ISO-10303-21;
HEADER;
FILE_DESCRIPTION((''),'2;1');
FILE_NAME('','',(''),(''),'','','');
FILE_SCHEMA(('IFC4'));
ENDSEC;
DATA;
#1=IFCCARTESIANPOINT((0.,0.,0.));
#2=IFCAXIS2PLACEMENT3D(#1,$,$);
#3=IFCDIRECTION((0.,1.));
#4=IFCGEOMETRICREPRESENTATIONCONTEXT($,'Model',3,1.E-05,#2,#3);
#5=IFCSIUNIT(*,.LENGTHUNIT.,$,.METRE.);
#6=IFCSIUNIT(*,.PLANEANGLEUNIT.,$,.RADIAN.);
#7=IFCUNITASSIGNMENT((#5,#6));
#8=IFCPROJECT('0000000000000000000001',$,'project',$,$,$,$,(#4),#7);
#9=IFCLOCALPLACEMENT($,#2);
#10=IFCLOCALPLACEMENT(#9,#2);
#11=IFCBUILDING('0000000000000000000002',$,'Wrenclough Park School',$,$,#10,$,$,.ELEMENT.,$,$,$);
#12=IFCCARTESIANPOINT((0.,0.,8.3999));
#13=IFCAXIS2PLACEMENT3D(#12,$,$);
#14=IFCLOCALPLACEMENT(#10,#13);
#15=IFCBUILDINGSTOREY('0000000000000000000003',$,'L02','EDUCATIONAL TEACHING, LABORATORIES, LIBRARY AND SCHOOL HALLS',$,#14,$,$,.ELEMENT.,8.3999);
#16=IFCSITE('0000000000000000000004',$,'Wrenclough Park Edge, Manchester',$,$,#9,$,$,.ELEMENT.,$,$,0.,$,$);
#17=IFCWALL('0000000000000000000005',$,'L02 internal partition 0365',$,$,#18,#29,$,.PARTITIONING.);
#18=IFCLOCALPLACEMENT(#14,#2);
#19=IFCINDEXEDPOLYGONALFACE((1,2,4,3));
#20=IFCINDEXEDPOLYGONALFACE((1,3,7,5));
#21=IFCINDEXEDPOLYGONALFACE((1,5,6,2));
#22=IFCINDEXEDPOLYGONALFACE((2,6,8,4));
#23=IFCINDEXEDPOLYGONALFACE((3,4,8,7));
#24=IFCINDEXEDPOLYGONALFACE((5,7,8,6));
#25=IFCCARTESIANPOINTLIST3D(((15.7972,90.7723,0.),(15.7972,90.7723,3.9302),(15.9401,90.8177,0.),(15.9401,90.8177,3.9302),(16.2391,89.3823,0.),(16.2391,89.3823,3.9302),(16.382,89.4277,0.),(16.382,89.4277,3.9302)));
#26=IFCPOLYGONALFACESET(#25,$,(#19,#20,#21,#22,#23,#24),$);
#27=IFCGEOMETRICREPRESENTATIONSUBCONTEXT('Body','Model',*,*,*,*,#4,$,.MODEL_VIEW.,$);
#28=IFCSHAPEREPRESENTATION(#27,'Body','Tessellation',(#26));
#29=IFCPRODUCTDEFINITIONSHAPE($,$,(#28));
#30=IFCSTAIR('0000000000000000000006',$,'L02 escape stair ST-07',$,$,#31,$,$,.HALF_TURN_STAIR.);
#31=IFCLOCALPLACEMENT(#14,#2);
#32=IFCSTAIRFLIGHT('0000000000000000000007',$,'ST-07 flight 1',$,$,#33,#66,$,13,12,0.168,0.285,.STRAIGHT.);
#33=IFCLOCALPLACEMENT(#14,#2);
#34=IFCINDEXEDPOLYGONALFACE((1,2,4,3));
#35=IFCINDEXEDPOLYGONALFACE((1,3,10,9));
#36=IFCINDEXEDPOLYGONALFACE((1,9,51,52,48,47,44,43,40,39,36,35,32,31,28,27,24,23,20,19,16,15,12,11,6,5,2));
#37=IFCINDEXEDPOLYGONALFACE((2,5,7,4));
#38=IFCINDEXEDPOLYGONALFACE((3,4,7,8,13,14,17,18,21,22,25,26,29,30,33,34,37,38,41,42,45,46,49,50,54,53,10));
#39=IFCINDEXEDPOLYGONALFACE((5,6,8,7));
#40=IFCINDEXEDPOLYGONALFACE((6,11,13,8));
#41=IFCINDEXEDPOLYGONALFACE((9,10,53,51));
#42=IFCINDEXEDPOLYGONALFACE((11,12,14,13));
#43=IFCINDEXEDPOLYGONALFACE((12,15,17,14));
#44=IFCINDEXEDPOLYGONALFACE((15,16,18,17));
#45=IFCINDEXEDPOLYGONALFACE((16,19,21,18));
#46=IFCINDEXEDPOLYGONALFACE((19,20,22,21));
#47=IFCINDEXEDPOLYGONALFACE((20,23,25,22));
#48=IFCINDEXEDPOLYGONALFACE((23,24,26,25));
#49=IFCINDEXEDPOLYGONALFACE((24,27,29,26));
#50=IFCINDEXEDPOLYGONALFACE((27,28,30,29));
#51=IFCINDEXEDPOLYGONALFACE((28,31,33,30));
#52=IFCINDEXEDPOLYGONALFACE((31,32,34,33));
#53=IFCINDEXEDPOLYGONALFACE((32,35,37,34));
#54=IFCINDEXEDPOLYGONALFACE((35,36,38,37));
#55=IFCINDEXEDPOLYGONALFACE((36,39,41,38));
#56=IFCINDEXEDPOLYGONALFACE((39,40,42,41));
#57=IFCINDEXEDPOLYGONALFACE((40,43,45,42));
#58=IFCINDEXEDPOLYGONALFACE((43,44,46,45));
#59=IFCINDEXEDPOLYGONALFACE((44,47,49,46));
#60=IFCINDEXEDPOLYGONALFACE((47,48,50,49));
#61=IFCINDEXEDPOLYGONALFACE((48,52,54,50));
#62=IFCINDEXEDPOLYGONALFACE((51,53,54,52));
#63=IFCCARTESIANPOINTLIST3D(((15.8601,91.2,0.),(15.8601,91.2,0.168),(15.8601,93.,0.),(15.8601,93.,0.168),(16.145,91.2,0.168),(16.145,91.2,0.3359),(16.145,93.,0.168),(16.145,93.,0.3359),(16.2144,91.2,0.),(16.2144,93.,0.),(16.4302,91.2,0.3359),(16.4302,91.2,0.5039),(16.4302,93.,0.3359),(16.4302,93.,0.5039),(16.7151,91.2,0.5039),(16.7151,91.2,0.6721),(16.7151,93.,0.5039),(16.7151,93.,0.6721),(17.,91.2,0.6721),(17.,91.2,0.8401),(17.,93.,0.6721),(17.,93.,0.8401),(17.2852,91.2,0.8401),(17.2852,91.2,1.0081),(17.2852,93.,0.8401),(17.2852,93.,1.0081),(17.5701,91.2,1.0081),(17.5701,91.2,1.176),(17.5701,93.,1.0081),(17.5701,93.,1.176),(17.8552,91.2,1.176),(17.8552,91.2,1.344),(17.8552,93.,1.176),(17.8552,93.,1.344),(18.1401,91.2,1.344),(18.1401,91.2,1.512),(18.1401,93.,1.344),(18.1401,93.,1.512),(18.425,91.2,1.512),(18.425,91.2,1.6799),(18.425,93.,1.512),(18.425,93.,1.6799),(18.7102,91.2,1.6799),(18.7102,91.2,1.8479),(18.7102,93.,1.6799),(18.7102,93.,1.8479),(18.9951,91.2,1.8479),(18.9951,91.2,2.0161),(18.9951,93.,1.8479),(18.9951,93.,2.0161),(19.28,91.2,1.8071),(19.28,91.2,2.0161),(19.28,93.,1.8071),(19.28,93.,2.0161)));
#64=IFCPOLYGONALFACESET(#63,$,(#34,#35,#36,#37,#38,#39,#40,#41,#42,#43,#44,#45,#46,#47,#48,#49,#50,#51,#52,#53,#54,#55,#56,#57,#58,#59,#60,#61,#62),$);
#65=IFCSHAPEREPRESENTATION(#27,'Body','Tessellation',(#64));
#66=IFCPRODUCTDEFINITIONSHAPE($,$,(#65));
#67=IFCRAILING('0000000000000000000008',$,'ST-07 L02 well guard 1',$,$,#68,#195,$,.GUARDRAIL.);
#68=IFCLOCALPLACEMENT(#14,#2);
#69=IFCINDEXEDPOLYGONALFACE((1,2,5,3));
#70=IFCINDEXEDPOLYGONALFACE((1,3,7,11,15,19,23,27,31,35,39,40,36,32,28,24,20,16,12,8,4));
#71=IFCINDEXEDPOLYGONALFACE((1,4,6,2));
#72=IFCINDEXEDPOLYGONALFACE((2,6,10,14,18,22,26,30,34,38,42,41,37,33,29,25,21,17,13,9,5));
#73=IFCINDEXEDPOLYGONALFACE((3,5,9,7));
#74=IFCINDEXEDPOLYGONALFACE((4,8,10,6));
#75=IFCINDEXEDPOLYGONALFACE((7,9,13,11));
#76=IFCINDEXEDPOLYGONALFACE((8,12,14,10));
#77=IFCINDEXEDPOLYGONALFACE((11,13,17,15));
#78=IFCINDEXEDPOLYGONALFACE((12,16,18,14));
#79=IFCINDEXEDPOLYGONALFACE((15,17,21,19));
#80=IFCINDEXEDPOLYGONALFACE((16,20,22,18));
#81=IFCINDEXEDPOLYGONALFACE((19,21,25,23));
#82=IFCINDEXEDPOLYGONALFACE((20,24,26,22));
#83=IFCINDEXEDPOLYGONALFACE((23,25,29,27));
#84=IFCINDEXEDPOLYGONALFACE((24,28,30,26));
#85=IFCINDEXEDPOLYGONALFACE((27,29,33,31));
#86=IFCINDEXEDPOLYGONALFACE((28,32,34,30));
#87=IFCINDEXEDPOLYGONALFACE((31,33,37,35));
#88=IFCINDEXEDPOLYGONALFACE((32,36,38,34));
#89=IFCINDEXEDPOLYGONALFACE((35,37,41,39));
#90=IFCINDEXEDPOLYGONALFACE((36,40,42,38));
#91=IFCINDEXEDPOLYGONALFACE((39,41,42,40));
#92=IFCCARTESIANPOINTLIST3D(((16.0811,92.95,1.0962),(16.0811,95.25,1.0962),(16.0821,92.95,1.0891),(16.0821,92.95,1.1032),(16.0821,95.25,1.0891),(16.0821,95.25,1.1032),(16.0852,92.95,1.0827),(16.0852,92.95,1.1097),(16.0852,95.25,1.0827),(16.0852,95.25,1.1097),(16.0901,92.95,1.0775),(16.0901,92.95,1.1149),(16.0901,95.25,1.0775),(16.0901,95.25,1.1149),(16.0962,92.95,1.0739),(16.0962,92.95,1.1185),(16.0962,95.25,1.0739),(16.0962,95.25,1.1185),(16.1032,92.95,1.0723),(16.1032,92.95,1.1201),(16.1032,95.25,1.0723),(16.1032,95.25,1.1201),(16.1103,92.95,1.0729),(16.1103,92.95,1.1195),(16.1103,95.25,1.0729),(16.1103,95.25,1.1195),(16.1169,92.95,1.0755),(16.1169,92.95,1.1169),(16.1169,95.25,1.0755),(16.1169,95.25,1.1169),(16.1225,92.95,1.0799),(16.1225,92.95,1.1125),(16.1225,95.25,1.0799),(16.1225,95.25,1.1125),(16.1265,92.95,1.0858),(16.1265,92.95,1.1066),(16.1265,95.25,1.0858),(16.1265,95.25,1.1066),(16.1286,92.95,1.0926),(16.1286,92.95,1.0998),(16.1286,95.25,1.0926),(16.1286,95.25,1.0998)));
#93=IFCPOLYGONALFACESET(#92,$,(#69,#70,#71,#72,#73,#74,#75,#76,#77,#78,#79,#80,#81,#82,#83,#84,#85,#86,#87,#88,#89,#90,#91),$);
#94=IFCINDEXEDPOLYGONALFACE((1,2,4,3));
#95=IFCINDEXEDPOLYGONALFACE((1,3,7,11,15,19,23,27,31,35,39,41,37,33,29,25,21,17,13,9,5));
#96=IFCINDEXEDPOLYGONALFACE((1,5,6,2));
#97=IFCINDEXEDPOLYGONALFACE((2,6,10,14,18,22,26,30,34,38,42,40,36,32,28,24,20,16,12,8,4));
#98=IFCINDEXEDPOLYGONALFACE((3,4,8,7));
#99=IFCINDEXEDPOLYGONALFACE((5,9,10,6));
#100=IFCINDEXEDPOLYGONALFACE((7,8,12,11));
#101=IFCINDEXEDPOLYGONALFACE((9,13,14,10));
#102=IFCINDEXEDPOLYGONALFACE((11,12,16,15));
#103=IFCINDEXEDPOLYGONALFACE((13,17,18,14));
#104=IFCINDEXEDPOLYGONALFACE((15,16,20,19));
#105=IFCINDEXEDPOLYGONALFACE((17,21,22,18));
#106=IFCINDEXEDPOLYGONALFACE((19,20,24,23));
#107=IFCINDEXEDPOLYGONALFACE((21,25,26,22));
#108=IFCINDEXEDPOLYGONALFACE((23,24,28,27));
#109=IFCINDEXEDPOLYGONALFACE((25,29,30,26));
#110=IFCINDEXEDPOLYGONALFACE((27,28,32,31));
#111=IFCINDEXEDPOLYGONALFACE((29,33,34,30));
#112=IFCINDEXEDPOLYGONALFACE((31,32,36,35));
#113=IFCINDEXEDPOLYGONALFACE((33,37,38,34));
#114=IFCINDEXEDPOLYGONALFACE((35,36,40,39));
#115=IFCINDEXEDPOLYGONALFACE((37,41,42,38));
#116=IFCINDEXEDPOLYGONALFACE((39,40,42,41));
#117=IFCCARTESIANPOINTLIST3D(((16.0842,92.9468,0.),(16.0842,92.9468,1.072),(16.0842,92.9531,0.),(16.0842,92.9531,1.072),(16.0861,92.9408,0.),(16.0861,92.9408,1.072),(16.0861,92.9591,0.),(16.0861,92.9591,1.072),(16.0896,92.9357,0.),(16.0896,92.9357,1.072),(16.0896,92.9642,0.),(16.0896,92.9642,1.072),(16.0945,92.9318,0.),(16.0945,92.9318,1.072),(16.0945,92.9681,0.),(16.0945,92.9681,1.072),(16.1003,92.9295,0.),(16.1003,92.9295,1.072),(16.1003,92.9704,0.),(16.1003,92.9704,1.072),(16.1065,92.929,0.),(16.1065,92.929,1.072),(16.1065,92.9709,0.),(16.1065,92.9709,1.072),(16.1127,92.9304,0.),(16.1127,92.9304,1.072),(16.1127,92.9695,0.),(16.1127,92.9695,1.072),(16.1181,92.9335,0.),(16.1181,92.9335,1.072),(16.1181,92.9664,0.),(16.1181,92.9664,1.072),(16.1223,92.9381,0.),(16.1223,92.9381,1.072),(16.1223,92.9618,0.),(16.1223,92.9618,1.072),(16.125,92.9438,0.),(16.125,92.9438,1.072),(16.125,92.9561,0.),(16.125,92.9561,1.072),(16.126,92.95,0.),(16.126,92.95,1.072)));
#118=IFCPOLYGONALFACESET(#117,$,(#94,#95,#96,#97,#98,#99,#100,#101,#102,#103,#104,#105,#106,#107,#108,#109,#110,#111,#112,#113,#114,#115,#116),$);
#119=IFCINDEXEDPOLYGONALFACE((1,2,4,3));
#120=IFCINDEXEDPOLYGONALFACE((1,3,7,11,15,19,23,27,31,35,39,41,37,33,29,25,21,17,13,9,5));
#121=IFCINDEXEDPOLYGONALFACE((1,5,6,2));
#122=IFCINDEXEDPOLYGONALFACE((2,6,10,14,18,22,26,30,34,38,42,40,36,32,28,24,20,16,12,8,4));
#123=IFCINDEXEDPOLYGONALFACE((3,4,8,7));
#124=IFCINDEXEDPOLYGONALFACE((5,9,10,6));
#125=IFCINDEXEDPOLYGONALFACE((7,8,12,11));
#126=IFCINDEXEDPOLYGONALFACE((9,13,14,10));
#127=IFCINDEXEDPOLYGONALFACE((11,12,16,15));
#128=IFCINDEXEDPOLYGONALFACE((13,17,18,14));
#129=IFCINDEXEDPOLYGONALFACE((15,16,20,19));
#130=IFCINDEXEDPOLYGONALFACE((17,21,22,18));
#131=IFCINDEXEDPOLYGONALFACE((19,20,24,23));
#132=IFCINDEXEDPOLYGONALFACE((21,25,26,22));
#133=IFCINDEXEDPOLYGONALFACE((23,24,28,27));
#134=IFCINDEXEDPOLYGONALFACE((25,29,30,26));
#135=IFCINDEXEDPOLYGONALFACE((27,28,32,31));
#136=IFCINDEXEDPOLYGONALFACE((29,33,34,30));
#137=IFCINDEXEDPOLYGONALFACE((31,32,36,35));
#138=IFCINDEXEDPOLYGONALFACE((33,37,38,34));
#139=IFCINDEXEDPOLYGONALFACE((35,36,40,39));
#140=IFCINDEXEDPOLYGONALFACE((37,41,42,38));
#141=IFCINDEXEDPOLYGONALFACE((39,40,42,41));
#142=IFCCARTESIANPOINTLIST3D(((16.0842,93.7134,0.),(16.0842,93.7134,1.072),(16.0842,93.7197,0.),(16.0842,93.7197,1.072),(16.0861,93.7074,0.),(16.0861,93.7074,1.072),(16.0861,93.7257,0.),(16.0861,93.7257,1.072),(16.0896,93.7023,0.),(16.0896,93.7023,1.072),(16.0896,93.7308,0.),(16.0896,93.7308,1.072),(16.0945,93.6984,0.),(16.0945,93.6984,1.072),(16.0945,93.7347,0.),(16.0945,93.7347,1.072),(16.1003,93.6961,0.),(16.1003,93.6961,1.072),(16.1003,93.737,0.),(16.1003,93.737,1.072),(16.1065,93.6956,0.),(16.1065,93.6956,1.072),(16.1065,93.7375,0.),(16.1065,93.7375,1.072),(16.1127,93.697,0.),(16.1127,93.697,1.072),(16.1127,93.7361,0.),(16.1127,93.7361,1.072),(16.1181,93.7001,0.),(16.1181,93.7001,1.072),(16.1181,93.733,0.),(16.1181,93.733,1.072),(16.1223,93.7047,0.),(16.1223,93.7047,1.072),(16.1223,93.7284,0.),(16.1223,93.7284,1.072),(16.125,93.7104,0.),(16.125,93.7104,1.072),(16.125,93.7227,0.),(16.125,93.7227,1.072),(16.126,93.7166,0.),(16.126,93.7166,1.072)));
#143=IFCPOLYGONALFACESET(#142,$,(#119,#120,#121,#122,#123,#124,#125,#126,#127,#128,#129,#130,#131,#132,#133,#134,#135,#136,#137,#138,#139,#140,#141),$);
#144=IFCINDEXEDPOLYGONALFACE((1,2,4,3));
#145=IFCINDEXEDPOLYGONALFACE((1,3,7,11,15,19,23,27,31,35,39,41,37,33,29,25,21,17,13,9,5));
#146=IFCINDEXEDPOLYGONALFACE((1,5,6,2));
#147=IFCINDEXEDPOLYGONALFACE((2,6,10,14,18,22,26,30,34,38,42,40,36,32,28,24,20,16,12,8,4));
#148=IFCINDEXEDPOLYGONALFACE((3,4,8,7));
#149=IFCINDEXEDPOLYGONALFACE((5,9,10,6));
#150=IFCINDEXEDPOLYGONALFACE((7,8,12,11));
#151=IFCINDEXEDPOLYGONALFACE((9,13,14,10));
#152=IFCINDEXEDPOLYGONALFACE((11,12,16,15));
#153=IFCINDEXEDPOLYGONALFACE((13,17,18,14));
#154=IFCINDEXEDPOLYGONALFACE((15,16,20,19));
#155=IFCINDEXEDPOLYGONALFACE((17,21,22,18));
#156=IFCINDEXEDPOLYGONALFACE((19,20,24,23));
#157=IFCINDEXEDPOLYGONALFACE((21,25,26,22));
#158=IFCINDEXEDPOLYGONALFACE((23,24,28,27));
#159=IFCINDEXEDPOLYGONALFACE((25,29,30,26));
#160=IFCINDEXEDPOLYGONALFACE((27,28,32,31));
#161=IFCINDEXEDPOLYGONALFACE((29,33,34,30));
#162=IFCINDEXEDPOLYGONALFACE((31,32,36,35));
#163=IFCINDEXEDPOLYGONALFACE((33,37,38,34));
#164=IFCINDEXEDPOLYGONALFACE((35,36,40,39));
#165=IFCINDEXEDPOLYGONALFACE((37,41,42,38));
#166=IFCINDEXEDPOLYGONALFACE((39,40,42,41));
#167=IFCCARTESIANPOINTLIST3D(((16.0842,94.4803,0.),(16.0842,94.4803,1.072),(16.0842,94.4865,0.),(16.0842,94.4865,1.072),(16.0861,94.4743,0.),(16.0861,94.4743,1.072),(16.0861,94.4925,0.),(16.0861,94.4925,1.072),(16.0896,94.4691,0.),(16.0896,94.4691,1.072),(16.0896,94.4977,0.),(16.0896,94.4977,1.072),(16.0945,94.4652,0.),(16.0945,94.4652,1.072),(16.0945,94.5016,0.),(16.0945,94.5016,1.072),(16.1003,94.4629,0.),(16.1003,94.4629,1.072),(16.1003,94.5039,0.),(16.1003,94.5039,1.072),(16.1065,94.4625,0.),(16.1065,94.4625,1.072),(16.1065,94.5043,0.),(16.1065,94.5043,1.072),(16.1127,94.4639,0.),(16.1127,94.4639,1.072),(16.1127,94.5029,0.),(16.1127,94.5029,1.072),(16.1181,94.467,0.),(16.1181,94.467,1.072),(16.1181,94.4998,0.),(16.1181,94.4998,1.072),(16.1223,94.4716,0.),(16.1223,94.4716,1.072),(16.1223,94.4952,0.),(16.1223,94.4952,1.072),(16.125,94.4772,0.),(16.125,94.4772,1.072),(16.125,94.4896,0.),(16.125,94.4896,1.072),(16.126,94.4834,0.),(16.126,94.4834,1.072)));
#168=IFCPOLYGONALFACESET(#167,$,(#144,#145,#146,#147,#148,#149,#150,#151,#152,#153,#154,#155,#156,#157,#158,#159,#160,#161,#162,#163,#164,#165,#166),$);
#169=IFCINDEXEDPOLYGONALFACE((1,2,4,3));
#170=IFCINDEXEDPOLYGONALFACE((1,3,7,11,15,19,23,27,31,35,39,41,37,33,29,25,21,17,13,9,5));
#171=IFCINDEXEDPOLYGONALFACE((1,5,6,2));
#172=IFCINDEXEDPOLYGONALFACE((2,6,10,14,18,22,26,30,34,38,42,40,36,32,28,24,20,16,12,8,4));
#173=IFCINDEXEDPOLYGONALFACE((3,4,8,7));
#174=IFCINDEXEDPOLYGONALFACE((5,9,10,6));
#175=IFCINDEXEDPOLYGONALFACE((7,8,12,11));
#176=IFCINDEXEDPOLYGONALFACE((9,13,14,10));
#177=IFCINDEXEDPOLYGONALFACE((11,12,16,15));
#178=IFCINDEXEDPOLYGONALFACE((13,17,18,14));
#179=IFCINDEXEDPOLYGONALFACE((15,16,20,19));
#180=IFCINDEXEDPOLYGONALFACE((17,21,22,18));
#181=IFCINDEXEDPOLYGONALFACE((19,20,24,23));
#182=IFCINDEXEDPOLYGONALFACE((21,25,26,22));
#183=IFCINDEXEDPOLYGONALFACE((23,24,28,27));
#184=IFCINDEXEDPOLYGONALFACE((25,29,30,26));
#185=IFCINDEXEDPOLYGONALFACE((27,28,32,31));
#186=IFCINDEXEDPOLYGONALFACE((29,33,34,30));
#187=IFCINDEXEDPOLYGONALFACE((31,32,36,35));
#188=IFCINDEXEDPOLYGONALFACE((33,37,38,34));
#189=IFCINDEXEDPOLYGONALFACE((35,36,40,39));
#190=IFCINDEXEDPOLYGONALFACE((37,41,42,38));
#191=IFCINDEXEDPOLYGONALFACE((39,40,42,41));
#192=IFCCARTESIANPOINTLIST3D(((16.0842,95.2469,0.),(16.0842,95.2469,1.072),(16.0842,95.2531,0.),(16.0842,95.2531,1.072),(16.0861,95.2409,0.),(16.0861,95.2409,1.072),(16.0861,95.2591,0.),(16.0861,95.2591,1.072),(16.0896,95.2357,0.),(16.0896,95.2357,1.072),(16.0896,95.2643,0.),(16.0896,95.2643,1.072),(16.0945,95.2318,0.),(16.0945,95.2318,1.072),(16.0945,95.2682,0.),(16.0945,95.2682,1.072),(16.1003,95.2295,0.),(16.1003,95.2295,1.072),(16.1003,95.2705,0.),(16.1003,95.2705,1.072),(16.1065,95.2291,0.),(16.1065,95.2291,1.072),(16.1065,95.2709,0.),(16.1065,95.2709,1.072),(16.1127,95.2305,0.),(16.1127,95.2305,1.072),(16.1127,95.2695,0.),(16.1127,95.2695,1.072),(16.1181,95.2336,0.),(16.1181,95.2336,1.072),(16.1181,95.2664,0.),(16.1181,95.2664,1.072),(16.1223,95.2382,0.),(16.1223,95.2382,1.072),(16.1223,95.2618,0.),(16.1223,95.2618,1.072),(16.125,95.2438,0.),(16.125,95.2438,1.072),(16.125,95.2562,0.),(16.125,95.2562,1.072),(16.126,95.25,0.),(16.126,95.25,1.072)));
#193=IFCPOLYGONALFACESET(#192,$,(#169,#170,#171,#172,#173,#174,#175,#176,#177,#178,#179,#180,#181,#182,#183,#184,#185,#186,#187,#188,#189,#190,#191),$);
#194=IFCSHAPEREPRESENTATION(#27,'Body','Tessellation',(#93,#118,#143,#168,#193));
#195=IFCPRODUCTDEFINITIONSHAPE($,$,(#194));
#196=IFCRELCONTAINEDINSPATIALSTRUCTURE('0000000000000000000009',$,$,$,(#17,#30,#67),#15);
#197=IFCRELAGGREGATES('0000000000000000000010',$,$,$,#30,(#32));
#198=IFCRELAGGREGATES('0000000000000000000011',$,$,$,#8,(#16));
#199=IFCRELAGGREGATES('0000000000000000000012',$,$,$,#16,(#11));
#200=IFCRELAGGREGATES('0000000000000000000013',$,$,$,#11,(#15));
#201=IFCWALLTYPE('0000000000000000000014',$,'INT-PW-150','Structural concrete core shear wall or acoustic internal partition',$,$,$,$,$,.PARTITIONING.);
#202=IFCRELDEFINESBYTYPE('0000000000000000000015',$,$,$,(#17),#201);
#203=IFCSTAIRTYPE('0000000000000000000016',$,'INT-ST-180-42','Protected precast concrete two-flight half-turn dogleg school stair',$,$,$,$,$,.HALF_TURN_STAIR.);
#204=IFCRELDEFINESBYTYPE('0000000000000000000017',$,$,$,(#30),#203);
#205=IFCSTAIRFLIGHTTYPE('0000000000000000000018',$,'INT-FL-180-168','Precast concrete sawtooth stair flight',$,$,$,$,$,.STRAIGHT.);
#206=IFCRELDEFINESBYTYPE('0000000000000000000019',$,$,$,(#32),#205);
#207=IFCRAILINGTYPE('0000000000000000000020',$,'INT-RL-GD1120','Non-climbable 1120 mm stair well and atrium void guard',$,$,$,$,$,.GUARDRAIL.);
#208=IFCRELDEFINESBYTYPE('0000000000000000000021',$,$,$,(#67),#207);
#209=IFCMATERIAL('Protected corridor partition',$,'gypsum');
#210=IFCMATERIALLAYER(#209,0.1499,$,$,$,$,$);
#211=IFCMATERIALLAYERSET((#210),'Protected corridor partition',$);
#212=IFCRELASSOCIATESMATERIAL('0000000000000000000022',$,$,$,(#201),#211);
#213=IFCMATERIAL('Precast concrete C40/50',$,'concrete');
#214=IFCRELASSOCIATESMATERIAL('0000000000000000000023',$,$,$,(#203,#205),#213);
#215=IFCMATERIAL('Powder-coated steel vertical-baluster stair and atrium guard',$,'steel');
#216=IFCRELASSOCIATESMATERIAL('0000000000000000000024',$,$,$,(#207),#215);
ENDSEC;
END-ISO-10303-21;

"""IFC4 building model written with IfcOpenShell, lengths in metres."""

from ifc_helpers import new_model, si_unit, direction, frame, frame_2d, origin, origin_2d, place, context, subcontext, project, spatial, polyline, rectangle, circle, outline, extrude, material, layer, layer_set, type_object, element, aggregate, save


model = new_model("IFC4")

# Units and contexts
model_context = context("Model", 3, precision=1e-05, world=origin(), true_north=direction((0.0, 1.0)))
body_context = subcontext(model_context, "Body", "Model", "MODEL_VIEW")
ifc_project = project(units=[si_unit("LENGTHUNIT", "METRE"), si_unit("PLANEANGLEUNIT", "RADIAN")], contexts=[model_context])

# Site, building, storey
site_placement = place(None, origin())
site = spatial("IfcSite", under=ifc_project, at=site_placement, Name="Wrenclough Park Edge, Manchester", CompositionType="ELEMENT", RefElevation=0.0)
building_placement = place(site_placement, origin())
building = spatial("IfcBuilding", under=site, at=building_placement, Name="Wrenclough Park School", CompositionType="ELEMENT")
storey_placement = place(building_placement, frame((0.0, 0.0, 8.3999)))
storey = spatial("IfcBuildingStorey", under=building, at=storey_placement, Name="L02", Description="EDUCATIONAL TEACHING, LABORATORIES, LIBRARY AND SCHOOL HALLS", CompositionType="ELEMENT", Elevation=8.3999)

# Wall
ifc_material_1 = material(Name="Protected corridor partition", Category="gypsum")
ifc_layer_1 = layer(ifc_material_1, 0.1499)
ifc_layer_set_1 = layer_set([ifc_layer_1], Name="Protected corridor partition")
wall_type_1 = type_object("IfcWallType", Name="INT-PW-150", Description="Structural concrete core shear wall or acoustic internal partition", PredefinedType="PARTITIONING", material=ifc_layer_set_1)
wall_1_placement = place(storey_placement, frame((16.3105, 89.405, 0.0), z_axis=(0.0, 0.0, 1.0), x_axis=(-0.302989, 0.952994, 0.0)))
element("IfcWall", 1, at=wall_1_placement, inside=storey, type_object=wall_type_1, Name="L02 internal partition 0365", PredefinedType="PARTITIONING", context=body_context, shape_type="SweptSolid", body=[
    extrude(rectangle(XDim=1.4585, YDim=0.1499, at=frame_2d((0.7292, 0.0))), origin(), (0.0, 0.0, 1.0), 3.9302),
])

# Stair, stair flight
ifc_material_2 = material(Name="Precast concrete C40/50", Category="concrete")
stair_type = type_object("IfcStairType", Name="INT-ST-180-42", Description="Protected precast concrete two-flight half-turn dogleg school stair", PredefinedType="HALF_TURN_STAIR", material=ifc_material_2)
stair_placement = place(storey_placement, origin())
stair = element("IfcStair", 2, at=stair_placement, inside=storey, type_object=stair_type, Name="L02 escape stair ST-07", PredefinedType="HALF_TURN_STAIR")
stair_flight_type = type_object("IfcStairFlightType", Name="INT-FL-180-168", Description="Precast concrete sawtooth stair flight", PredefinedType="STRAIGHT", material=ifc_material_2)
stair_flight_placement = place(storey_placement, frame((15.8601, 92.1001, 0.0), z_axis=(0.0, 0.0, 1.0), x_axis=(1.0, 0.0, 0.0)))
stair_flight = element("IfcStairFlight", 3, at=stair_flight_placement, type_object=stair_flight_type, Name="ST-07 flight 1", NumberOfRisers=13, NumberOfTreads=12, PredefinedType="STRAIGHT", RiserHeight=0.168, TreadLength=0.285, context=body_context, shape_type="SweptSolid", body=[
    extrude(outline(polyline([(0.0, 0.0), (0.0, 0.168), (0.2849, 0.168), (0.2849, 0.3359), (0.5701, 0.3359), (0.5701, 0.5039), (0.855, 0.5039), (0.855, 0.6721), (1.1399, 0.6721), (1.1399, 0.8401), (1.425, 0.8401), (1.425, 1.0081), (1.71, 1.0081), (1.71, 1.176), (1.9951, 1.176), (1.9951, 1.344), (2.28, 1.344), (2.28, 1.512), (2.5649, 1.512), (2.5649, 1.6799), (2.8501, 1.6799), (2.8501, 1.8479), (3.135, 1.8479), (3.135, 2.0161), (3.4199, 2.0161), (3.4199, 2.1841), (3.4199, 1.8071), (0.3542, 0.0), (0.0, 0.0)])), frame((0.0, 0.8999, 0.0), z_axis=(0.0, -1.0, 0.0), x_axis=(1.0, 0.0, 0.0)), (0.0, 0.0, 1.0), 1.8),
])
aggregate(stair, [stair_flight])

# Railing
ifc_material_3 = material(Name="Powder-coated steel vertical-baluster stair and atrium guard", Category="steel")
railing_type_1 = type_object("IfcRailingType", Name="INT-RL-GD1120", Description="Non-climbable 1120 mm stair well and atrium void guard", PredefinedType="GUARDRAIL", material=ifc_material_3)
railing_1_placement = place(storey_placement, frame((16.105, 92.95, 0.0)))
element("IfcRailing", 4, at=railing_1_placement, inside=storey, type_object=railing_type_1, Name="ST-07 L02 well guard 1", PredefinedType="GUARDRAIL", context=body_context, shape_type="SweptSolid", body=[
    extrude(circle(Radius=0.0239, at=origin_2d()), frame((0.0, 0.0, 1.0962), z_axis=(0.0, 1.0, 0.0), x_axis=(-1.0, 0.0, 0.0)), (0.0, 0.0, 1.0), 2.3),
    extrude(circle(Radius=0.021, at=origin_2d()), origin(), (0.0, 0.0, 1.0), 1.072),
    extrude(circle(Radius=0.021, at=origin_2d()), frame((0.0, 0.7666, 0.0)), (0.0, 0.0, 1.0), 1.072),
    extrude(circle(Radius=0.021, at=origin_2d()), frame((0.0, 1.5334, 0.0)), (0.0, 0.0, 1.0), 1.072),
    extrude(circle(Radius=0.021, at=origin_2d()), frame((0.0, 2.3, 0.0)), (0.0, 0.0, 1.0), 1.072),
])

save(model, "model.ifc")
